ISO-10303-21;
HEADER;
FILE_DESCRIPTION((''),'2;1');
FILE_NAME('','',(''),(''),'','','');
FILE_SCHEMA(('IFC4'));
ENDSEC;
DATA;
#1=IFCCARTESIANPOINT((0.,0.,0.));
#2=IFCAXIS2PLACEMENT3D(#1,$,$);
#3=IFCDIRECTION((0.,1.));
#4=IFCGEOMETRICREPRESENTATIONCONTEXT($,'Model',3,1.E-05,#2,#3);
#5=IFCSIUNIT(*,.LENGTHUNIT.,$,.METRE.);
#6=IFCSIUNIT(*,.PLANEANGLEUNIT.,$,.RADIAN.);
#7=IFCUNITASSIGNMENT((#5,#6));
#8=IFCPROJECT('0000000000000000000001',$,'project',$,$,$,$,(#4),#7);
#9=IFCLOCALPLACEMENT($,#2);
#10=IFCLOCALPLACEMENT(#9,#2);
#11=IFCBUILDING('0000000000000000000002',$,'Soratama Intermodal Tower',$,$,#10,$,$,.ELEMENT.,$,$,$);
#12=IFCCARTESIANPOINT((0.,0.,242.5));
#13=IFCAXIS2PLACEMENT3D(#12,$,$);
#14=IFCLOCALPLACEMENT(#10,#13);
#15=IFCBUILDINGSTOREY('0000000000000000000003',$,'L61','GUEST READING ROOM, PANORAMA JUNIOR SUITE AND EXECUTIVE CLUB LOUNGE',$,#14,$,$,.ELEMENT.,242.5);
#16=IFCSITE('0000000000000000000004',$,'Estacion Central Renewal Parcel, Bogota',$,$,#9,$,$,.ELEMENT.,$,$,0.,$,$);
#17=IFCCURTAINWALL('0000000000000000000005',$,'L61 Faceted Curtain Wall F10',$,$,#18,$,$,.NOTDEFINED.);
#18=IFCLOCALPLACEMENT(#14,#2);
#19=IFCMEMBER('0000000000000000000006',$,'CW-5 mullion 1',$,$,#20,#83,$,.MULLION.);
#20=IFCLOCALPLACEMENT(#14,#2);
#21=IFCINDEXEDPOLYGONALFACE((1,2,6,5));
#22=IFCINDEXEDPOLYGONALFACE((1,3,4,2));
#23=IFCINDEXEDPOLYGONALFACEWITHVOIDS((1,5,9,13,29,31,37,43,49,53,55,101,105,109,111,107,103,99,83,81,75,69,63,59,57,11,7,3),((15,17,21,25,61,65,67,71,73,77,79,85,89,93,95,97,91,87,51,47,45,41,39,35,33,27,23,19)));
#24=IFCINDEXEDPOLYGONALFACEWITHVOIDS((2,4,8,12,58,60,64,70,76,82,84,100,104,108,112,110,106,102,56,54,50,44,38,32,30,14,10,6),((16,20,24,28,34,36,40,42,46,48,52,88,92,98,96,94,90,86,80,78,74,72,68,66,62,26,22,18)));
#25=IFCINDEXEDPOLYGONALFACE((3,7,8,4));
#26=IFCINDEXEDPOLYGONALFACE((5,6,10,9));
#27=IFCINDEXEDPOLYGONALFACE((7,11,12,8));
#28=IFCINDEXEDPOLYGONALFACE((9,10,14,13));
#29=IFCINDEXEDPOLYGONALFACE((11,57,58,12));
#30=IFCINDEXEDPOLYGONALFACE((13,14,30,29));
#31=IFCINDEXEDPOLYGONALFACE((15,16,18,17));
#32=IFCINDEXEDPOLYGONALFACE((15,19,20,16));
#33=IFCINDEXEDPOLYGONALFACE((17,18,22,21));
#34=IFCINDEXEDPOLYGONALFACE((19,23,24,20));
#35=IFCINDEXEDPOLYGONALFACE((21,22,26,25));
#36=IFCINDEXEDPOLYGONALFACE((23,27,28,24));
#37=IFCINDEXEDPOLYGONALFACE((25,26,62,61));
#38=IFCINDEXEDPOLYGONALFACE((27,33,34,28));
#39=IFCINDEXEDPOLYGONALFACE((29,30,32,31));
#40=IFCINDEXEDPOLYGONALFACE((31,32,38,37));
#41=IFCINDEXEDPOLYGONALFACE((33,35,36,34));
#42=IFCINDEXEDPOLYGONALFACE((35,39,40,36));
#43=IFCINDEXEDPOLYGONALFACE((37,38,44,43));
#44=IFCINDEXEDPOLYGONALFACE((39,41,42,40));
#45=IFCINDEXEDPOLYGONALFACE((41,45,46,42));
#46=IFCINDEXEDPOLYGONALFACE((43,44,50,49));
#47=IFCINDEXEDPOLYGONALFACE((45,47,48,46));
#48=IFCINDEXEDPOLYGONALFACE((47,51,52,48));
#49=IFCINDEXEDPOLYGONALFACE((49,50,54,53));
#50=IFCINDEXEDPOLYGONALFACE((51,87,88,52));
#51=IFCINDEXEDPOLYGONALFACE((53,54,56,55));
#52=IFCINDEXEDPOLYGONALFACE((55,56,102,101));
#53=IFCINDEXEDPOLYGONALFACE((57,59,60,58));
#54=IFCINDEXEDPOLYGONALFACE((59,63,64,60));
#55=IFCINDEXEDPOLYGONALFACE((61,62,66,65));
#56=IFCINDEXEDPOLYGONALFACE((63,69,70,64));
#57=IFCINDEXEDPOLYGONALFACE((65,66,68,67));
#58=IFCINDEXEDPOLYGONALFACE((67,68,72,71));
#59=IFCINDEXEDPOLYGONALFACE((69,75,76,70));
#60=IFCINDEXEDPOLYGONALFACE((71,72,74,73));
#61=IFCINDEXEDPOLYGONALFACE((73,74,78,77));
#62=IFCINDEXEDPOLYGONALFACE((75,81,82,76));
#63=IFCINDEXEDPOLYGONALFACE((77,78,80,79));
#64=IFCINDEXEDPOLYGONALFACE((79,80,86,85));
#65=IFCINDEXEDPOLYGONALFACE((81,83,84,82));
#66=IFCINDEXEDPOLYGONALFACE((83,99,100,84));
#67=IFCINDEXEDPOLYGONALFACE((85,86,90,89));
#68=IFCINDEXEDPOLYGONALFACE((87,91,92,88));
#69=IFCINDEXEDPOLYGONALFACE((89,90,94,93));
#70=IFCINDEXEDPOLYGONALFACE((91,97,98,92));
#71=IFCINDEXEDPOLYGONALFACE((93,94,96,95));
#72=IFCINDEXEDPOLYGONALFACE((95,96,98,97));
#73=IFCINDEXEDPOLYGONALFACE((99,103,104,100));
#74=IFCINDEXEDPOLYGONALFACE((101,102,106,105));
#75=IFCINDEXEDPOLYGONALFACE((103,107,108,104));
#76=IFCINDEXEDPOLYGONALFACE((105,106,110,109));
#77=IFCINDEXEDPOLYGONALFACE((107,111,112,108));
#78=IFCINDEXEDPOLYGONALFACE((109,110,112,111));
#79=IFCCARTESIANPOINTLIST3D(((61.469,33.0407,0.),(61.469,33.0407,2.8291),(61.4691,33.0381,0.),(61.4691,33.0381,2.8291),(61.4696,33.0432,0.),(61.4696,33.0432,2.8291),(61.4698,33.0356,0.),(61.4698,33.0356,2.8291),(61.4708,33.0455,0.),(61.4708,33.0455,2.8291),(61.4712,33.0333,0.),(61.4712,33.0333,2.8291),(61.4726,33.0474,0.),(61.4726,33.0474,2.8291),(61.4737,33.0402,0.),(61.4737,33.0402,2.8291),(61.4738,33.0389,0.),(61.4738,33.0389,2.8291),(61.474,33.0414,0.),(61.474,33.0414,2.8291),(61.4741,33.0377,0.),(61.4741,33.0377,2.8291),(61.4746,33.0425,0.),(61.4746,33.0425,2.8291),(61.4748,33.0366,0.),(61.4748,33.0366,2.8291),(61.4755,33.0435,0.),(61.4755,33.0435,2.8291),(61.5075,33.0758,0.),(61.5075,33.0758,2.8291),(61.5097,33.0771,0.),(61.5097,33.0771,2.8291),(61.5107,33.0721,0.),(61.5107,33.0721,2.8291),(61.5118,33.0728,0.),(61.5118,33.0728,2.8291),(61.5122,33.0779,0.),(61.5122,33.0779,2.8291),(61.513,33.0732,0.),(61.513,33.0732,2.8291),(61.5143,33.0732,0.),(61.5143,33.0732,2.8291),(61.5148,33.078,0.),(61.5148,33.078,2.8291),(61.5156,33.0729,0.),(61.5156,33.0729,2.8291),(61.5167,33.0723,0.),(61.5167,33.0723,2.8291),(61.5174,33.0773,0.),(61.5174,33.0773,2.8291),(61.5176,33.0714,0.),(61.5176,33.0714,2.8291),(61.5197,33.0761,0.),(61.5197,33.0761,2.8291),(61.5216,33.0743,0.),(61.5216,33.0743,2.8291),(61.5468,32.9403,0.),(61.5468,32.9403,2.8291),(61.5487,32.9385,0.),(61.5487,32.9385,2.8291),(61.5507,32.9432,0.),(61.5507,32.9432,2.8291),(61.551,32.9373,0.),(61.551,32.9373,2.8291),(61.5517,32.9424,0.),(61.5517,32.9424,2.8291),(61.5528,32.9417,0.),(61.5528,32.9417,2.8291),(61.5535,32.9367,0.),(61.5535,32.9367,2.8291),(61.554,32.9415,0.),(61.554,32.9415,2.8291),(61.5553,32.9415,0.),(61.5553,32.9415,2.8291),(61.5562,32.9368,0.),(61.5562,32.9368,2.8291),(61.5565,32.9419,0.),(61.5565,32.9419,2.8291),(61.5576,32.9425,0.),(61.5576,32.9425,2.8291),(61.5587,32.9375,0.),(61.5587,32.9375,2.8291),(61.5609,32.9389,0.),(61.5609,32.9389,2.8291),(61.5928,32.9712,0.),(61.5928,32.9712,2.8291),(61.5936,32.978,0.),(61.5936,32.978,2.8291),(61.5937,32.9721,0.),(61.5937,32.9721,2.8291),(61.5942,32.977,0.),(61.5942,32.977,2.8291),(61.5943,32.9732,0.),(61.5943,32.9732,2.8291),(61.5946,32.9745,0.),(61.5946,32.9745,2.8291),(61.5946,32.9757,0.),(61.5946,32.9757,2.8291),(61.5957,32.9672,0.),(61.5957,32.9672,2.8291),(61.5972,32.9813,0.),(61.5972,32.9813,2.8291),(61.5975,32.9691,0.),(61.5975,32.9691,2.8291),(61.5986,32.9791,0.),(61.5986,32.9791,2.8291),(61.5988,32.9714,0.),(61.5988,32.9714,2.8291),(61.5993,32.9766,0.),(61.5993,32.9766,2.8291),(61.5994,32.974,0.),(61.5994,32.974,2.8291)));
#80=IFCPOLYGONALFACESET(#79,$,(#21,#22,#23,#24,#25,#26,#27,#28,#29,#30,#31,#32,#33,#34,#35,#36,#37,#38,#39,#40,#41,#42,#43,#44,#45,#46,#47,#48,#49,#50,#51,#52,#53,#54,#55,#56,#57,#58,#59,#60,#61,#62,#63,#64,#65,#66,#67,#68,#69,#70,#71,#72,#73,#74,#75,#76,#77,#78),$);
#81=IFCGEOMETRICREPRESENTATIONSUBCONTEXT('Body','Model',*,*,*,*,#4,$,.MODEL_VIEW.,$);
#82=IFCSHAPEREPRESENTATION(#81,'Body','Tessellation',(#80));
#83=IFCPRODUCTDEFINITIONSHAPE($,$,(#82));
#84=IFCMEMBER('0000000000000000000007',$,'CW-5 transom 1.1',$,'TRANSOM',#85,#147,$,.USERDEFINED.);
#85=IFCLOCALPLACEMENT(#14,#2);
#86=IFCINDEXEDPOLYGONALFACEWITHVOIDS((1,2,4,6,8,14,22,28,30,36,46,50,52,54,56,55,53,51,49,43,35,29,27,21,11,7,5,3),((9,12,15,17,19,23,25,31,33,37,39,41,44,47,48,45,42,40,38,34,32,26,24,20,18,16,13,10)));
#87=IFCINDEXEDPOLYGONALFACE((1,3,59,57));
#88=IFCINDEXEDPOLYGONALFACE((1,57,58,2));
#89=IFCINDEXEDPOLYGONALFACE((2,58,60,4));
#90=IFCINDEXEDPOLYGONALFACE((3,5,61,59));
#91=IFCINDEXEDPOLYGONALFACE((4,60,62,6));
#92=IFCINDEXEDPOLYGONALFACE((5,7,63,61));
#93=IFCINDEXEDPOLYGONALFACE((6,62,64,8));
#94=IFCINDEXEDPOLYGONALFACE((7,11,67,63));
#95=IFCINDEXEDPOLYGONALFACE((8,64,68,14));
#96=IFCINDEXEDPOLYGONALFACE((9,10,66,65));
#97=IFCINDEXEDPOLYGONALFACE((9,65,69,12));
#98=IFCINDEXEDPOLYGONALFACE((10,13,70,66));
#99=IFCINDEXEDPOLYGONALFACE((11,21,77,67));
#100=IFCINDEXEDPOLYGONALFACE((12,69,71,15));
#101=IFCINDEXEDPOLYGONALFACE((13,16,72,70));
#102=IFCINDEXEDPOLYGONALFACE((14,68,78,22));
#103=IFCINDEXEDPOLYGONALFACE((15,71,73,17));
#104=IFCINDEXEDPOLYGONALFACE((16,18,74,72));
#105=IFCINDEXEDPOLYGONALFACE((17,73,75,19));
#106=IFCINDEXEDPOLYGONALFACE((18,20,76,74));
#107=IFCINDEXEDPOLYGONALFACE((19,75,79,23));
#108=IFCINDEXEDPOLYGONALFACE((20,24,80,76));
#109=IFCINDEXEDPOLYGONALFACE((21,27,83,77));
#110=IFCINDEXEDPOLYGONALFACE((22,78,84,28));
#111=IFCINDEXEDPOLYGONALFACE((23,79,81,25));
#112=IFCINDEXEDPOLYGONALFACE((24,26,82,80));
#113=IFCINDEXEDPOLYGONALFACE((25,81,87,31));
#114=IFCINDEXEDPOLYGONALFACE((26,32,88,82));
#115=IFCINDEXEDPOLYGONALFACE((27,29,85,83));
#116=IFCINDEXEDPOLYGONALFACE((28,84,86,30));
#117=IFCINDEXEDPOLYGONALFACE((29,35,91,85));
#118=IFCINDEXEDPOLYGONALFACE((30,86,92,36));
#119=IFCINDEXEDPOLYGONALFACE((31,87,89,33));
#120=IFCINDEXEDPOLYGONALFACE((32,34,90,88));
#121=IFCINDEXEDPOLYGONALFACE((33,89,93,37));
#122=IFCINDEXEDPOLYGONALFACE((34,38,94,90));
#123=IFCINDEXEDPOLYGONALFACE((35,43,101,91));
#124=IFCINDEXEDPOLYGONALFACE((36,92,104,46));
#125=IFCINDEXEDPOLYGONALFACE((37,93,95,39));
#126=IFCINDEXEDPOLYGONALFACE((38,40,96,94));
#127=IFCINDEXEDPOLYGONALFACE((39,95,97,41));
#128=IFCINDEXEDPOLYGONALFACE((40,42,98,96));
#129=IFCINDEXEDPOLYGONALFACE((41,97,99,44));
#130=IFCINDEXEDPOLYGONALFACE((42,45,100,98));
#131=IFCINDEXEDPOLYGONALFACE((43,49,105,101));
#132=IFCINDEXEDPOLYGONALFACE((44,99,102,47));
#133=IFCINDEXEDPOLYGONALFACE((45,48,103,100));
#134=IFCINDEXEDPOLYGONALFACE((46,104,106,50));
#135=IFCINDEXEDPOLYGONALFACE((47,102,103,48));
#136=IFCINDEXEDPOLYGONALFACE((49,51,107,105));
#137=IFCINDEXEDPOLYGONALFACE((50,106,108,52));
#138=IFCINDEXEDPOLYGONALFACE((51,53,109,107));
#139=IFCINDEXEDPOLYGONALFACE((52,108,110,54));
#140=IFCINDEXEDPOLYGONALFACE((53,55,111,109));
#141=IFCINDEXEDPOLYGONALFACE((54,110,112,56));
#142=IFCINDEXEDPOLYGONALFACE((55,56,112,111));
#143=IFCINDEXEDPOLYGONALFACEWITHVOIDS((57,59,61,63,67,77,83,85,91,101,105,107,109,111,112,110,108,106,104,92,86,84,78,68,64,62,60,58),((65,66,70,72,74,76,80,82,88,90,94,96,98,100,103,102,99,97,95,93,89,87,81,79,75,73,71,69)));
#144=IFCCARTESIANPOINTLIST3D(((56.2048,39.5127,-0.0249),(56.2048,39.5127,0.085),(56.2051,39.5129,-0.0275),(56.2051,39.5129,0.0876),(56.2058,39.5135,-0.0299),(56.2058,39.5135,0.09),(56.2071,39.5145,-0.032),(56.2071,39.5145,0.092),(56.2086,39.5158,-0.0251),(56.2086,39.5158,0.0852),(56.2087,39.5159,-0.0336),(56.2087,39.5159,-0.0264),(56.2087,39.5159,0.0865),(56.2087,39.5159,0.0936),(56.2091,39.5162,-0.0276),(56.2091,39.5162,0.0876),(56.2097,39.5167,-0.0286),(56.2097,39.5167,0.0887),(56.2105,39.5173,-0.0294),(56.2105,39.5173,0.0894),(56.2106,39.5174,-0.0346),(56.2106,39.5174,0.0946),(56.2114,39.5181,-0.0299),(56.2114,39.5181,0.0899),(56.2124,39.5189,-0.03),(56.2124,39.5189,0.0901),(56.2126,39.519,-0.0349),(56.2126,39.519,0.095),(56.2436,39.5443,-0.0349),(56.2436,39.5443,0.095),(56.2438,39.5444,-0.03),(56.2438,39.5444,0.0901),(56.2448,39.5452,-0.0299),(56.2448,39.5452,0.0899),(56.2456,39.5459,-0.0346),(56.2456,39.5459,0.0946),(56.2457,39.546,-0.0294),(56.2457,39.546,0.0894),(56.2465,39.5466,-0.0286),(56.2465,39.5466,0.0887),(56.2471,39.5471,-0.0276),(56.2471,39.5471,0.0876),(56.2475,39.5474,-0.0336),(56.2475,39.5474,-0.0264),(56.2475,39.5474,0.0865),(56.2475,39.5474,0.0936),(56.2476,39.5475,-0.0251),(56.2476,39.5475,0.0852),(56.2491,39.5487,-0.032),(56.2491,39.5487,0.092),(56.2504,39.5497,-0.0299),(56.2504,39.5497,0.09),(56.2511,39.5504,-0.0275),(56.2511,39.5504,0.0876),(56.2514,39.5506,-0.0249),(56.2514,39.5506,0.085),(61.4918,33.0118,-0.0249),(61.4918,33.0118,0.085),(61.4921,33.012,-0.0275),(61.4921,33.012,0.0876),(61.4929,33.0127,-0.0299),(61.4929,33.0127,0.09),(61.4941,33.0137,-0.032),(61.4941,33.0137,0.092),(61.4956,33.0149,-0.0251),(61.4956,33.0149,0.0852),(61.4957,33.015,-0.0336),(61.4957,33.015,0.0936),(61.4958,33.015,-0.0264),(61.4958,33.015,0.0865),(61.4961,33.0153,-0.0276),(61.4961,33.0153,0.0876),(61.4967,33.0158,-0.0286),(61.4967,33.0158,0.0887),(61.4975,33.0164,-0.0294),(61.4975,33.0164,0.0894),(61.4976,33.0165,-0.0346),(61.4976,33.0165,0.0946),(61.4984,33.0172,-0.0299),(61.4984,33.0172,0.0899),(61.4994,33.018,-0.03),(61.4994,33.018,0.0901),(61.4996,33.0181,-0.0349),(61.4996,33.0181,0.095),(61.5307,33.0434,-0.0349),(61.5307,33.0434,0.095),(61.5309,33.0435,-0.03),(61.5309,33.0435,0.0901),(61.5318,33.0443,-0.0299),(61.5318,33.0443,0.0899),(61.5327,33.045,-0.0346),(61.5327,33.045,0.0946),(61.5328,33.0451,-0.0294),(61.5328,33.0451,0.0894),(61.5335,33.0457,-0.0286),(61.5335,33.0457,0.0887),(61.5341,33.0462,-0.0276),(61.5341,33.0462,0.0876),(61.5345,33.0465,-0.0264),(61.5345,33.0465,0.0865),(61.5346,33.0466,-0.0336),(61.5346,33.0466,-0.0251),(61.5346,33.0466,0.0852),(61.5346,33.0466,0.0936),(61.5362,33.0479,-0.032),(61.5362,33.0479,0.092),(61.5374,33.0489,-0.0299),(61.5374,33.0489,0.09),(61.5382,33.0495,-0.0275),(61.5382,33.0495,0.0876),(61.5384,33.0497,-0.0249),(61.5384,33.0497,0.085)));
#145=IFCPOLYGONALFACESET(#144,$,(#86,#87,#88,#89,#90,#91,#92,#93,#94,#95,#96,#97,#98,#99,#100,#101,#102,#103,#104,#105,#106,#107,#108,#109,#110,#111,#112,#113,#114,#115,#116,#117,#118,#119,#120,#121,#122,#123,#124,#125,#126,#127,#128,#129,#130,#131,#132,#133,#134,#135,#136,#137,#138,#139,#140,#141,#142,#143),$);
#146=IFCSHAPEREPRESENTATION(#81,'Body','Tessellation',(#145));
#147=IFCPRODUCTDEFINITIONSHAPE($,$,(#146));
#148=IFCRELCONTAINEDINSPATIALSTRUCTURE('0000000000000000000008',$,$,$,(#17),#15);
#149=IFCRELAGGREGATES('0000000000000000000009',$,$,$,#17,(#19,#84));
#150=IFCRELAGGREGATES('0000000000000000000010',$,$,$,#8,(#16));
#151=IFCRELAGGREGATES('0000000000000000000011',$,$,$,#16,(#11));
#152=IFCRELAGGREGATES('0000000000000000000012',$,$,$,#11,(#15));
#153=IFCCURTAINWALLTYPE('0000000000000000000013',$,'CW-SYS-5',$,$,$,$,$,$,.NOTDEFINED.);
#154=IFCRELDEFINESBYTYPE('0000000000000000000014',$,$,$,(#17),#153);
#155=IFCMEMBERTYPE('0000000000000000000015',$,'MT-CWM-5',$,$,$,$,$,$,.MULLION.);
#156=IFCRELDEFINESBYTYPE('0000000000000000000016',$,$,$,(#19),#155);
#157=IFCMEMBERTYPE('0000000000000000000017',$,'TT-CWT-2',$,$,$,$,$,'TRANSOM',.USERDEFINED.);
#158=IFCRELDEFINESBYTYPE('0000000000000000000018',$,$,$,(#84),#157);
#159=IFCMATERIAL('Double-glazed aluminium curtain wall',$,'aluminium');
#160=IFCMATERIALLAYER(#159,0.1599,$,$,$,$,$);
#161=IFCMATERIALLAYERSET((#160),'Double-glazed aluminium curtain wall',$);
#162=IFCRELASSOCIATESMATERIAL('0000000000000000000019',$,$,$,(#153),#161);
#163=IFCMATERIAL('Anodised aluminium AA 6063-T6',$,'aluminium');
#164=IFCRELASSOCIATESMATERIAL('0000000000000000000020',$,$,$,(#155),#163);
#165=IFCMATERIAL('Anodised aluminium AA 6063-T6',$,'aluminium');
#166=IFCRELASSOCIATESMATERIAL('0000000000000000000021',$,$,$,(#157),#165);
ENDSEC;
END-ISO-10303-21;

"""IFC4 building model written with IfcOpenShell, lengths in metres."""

from ifc_helpers import new_model, si_unit, direction, frame, origin, origin_2d, place, context, subcontext, project, spatial, hollow_rectangle, extrude, material, layer, layer_set, material_profile, profile_set, type_object, element, aggregate, save


model = new_model("IFC4")

# Units and contexts
model_context = context("Model", 3, precision=1e-05, world=origin(), true_north=direction((0.0, 1.0)))
body_context = subcontext(model_context, "Body", "Model", "MODEL_VIEW")
ifc_project = project(units=[si_unit("LENGTHUNIT", "METRE"), si_unit("PLANEANGLEUNIT", "RADIAN")], contexts=[model_context])

# Site, building, storey
site_placement = place(None, origin())
site = spatial("IfcSite", under=ifc_project, at=site_placement, Name="Estacion Central Renewal Parcel, Bogota", CompositionType="ELEMENT", RefElevation=0.0)
building_placement = place(site_placement, origin())
building = spatial("IfcBuilding", under=site, at=building_placement, Name="Soratama Intermodal Tower", CompositionType="ELEMENT")
storey_placement = place(building_placement, frame((0.0, 0.0, 242.5)))
storey = spatial("IfcBuildingStorey", under=building, at=storey_placement, Name="L61", Description="GUEST READING ROOM, PANORAMA JUNIOR SUITE AND EXECUTIVE CLUB LOUNGE", CompositionType="ELEMENT", Elevation=242.5)

# Curtain wall, members
ifc_material_1 = material(Name="Double-glazed aluminium curtain wall", Category="aluminium")
ifc_layer_1 = layer(ifc_material_1, 0.1599)
ifc_layer_set_1 = layer_set([ifc_layer_1], Name="Double-glazed aluminium curtain wall")
curtain_wall_type = type_object("IfcCurtainWallType", Name="CW-SYS-5", PredefinedType="NOTDEFINED", material=ifc_layer_set_1)
curtain_wall_placement = place(storey_placement, origin())
curtain_wall = element("IfcCurtainWall", 1, at=curtain_wall_placement, inside=storey, type_object=curtain_wall_type, Name="L61 Faceted Curtain Wall F10", PredefinedType="NOTDEFINED")
ifc_material_2 = material(Name="Anodised aluminium AA 6063-T6", Category="aluminium")
ifc_material_profile_1 = material_profile(ifc_material_2, hollow_rectangle(XDim=0.0649, YDim=0.1399, WallThickness=0.0049, InnerFilletRadius=0.0049, OuterFilletRadius=0.01, at=origin_2d()), Name="CWM140X65X5")
ifc_profile_set_1 = profile_set([ifc_material_profile_1], Name="Anodised aluminium AA 6063-T6")
member_type_1 = type_object("IfcMemberType", Name="MT-CWM-5", PredefinedType="MULLION", material=ifc_profile_set_1)
member_1_placement = place(storey_placement, frame((61.5342, 33.0073, 0.0), z_axis=(0.0, 0.0, 1.0), x_axis=(-0.775824, -0.630949, 0.0)))
member_1 = element("IfcMember", 2, at=member_1_placement, type_object=member_type_1, Name="CW-5 mullion 1", PredefinedType="MULLION", context=body_context, shape_type="SweptSolid", body=[
    extrude(hollow_rectangle(XDim=0.0649, YDim=0.1399, WallThickness=0.0049, InnerFilletRadius=0.0049, OuterFilletRadius=0.01, at=origin_2d()), origin(), (0.0, 0.0, 1.0), 2.8291),
])
ifc_material_3 = material(Name="Anodised aluminium AA 6063-T6", Category="aluminium")
ifc_material_profile_2 = material_profile(ifc_material_3, hollow_rectangle(XDim=0.0601, YDim=0.1299, WallThickness=0.0049, InnerFilletRadius=0.0049, OuterFilletRadius=0.01, at=origin_2d()), Name="CWT130X60X5")
ifc_profile_set_2 = profile_set([ifc_material_profile_2], Name="Anodised aluminium AA 6063-T6")
member_type_2 = type_object("IfcMemberType", Name="TT-CWT-2", ElementType="TRANSOM", PredefinedType="USERDEFINED", material=ifc_profile_set_2)
member_2_placement = place(storey_placement, frame((61.5151, 33.0308, 0.03), z_axis=(-0.630957, 0.775818, 0.0), x_axis=(-0.775818, -0.630957, 0.0)))
member_2 = element("IfcMember", 3, at=member_2_placement, type_object=member_type_2, Name="CW-5 transom 1.1", ObjectType="TRANSOM", PredefinedType="USERDEFINED", context=body_context, shape_type="SweptSolid", body=[
    extrude(hollow_rectangle(XDim=0.0601, YDim=0.1299, WallThickness=0.0049, InnerFilletRadius=0.0049, OuterFilletRadius=0.01, at=origin_2d()), origin(), (0.0, 0.0, 1.0), 8.3794),
])
aggregate(curtain_wall, [member_1, member_2])

save(model, "model.ifc")
